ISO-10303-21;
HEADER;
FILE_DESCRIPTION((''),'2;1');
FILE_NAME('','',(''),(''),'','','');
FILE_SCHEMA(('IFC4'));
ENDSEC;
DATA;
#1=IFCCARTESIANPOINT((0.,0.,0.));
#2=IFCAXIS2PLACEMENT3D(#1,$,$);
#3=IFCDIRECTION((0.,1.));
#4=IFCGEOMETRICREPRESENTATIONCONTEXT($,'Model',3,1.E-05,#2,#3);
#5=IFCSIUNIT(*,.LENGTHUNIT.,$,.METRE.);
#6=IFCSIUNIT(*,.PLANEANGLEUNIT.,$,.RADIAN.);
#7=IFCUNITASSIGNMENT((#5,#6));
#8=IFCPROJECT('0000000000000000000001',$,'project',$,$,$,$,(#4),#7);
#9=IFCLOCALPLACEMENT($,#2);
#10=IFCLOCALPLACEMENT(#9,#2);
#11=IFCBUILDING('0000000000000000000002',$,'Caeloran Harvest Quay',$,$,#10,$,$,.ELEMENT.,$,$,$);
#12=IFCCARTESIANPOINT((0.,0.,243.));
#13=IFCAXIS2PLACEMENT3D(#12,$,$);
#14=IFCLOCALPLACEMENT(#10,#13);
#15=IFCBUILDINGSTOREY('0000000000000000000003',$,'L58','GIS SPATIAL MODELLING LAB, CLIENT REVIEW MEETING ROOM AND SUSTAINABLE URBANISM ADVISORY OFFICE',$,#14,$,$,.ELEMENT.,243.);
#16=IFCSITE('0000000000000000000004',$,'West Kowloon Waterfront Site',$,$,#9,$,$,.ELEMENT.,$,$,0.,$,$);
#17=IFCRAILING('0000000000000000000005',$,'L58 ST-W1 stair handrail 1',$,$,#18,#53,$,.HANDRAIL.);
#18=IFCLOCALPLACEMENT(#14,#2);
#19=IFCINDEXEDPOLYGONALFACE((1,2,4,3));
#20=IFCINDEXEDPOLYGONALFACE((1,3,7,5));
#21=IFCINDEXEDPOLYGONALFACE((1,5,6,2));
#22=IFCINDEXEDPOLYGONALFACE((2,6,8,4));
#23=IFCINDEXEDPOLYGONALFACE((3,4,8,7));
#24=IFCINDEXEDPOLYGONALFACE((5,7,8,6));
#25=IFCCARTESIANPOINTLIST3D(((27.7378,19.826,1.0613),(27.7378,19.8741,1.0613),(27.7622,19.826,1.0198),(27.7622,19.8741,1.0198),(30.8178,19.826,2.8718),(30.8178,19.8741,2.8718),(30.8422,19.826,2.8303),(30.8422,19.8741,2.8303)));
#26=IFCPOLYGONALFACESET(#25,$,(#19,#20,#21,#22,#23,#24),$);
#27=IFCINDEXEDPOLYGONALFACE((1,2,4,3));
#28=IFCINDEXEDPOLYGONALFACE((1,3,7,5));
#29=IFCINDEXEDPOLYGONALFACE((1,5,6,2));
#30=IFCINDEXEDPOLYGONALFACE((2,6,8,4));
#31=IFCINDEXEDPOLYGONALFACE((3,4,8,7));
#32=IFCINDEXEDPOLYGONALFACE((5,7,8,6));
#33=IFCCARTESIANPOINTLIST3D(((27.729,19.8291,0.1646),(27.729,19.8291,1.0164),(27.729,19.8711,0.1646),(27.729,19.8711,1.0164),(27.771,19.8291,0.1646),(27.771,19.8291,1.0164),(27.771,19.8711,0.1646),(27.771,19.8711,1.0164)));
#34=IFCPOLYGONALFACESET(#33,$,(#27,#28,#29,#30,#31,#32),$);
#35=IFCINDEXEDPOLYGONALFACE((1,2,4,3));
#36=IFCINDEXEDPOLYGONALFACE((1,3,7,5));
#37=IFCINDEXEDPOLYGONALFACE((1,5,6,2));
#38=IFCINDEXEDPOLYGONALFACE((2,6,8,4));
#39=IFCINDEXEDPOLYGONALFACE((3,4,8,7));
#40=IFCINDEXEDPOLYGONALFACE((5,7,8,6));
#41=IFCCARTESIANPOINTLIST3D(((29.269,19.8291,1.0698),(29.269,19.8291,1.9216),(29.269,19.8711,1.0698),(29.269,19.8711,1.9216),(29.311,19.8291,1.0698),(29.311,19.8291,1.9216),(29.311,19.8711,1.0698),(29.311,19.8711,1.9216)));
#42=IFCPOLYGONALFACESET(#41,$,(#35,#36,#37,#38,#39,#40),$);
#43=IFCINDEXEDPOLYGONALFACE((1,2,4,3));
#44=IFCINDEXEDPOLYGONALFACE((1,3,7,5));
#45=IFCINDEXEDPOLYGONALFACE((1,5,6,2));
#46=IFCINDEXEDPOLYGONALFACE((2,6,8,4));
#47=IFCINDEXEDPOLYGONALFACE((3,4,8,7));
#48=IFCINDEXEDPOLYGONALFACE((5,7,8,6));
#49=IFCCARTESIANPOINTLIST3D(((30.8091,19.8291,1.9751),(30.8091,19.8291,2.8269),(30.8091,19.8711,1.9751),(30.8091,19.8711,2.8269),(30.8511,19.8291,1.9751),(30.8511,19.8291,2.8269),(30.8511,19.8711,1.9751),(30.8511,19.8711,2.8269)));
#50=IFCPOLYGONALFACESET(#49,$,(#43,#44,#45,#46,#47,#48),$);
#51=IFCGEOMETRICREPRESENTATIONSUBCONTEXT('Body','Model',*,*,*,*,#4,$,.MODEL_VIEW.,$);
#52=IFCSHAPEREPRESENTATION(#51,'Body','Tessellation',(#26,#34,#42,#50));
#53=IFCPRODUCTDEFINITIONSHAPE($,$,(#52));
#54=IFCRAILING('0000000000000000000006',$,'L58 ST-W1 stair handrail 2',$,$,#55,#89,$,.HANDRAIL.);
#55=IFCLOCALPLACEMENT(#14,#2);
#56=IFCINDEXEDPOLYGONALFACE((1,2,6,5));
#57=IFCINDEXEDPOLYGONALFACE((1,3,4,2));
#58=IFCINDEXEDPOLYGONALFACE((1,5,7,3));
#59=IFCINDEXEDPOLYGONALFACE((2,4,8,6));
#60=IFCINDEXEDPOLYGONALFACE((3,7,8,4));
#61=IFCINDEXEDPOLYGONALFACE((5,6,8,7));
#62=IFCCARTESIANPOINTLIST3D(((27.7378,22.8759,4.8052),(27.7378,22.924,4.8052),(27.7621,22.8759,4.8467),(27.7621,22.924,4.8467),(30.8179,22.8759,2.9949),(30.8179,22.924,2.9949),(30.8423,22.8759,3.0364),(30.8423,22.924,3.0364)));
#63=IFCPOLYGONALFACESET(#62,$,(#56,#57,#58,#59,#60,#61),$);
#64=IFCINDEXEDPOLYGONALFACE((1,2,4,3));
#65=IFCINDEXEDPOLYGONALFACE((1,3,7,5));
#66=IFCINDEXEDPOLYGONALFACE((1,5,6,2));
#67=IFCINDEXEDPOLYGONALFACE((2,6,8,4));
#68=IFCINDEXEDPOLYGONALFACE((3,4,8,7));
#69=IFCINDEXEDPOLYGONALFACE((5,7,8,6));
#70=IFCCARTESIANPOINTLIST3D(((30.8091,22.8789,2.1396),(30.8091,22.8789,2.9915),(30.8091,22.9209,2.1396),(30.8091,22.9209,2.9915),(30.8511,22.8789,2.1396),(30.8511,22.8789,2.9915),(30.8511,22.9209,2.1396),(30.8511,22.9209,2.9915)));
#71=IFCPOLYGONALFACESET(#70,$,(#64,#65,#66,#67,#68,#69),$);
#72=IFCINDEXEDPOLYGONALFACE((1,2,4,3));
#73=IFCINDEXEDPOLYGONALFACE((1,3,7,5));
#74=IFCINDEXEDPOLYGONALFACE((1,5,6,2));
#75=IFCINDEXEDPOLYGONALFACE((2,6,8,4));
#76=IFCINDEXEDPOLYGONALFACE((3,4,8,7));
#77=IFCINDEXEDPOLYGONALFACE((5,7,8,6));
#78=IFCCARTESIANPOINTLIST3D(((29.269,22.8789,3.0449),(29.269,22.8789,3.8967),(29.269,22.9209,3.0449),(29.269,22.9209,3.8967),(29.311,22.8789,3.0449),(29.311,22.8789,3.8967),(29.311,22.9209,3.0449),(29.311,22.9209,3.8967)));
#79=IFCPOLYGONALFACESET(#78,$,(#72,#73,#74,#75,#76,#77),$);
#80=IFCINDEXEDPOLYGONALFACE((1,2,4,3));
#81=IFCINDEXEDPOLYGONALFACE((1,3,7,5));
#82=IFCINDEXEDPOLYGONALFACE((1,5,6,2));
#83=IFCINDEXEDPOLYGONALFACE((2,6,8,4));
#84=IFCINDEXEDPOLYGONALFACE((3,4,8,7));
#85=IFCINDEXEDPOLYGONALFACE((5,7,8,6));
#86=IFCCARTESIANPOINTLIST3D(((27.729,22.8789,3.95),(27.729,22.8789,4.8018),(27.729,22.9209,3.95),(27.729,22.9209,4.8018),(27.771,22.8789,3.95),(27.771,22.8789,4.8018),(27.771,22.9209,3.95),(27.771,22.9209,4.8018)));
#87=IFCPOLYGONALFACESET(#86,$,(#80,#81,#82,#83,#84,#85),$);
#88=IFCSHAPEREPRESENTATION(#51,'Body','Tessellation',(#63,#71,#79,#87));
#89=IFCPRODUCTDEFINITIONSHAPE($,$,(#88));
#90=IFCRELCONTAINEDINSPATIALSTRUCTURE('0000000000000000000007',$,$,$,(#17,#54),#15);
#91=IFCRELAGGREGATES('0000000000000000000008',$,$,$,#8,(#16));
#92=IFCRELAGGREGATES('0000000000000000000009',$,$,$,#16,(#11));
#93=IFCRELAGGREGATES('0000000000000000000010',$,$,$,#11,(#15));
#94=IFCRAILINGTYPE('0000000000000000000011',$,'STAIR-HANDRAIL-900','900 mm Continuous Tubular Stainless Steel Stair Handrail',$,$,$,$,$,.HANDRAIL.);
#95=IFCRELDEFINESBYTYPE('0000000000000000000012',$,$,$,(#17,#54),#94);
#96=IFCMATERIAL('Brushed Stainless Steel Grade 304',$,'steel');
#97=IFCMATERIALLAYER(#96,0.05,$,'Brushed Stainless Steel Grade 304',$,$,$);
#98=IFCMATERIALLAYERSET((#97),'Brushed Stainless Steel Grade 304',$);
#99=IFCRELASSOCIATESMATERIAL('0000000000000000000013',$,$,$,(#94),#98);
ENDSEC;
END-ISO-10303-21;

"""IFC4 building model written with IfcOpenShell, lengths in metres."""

from ifc_helpers import new_model, si_unit, direction, frame, origin, origin_2d, place, context, subcontext, project, spatial, rectangle, extrude, material, layer, layer_set, type_object, element, save


model = new_model("IFC4")

# Units and contexts
model_context = context("Model", 3, precision=1e-05, world=origin(), true_north=direction((0.0, 1.0)))
body_context = subcontext(model_context, "Body", "Model", "MODEL_VIEW")
ifc_project = project(units=[si_unit("LENGTHUNIT", "METRE"), si_unit("PLANEANGLEUNIT", "RADIAN")], contexts=[model_context])

# Site, building, storey
site_placement = place(None, origin())
site = spatial("IfcSite", under=ifc_project, at=site_placement, Name="West Kowloon Waterfront Site", CompositionType="ELEMENT", RefElevation=0.0)
building_placement = place(site_placement, origin())
building = spatial("IfcBuilding", under=site, at=building_placement, Name="Caeloran Harvest Quay", CompositionType="ELEMENT")
storey_placement = place(building_placement, frame((0.0, 0.0, 243.0)))
storey = spatial("IfcBuildingStorey", under=building, at=storey_placement, Name="L58", Description="GIS SPATIAL MODELLING LAB, CLIENT REVIEW MEETING ROOM AND SUSTAINABLE URBANISM ADVISORY OFFICE", CompositionType="ELEMENT", Elevation=243.0)

# Railings
ifc_material_1 = material(Name="Brushed Stainless Steel Grade 304", Category="steel")
ifc_layer_1 = layer(ifc_material_1, 0.05, Name="Brushed Stainless Steel Grade 304")
ifc_layer_set_1 = layer_set([ifc_layer_1], Name="Brushed Stainless Steel Grade 304")
railing_type_1 = type_object("IfcRailingType", Name="STAIR-HANDRAIL-900", Description="900 mm Continuous Tubular Stainless Steel Stair Handrail", PredefinedType="HANDRAIL", material=ifc_layer_set_1)
railing_1_placement = place(storey_placement, frame((27.75, 19.8501, 0.1646)))
element("IfcRailing", 1, at=railing_1_placement, inside=storey, type_object=railing_type_1, Name="L58 ST-W1 stair handrail 1", PredefinedType="HANDRAIL", context=body_context, shape_type="SweptSolid", body=[
    extrude(rectangle(XDim=0.0481, YDim=0.0481, at=origin_2d()), frame((0.0, 0.0, 0.876), z_axis=(0.862089, 0.0, 0.506757), x_axis=(0.0, 1.0, 0.0)), (0.0, 0.0, 1.0), 3.5728),
    extrude(rectangle(XDim=0.042, YDim=0.042, at=origin_2d()), origin(), (0.0, 0.0, 1.0), 0.8518),
    extrude(rectangle(XDim=0.042, YDim=0.042, at=origin_2d()), frame((1.54, 0.0, 0.9053)), (0.0, 0.0, 1.0), 0.8518),
    extrude(rectangle(XDim=0.042, YDim=0.042, at=origin_2d()), frame((3.0801, 0.0, 1.8105)), (0.0, 0.0, 1.0), 0.8518),
])
railing_2_placement = place(storey_placement, frame((30.8301, 22.8999, 2.1396)))
element("IfcRailing", 2, at=railing_2_placement, inside=storey, type_object=railing_type_1, Name="L58 ST-W1 stair handrail 2", PredefinedType="HANDRAIL", context=body_context, shape_type="SweptSolid", body=[
    extrude(rectangle(XDim=0.0481, YDim=0.0481, at=origin_2d()), frame((0.0, 0.0, 0.876), z_axis=(-0.862119, 0.0, 0.506707), x_axis=(0.0, -1.0, 0.0)), (0.0, 0.0, 1.0), 3.5728),
    extrude(rectangle(XDim=0.042, YDim=0.042, at=origin_2d()), origin(), (0.0, 0.0, 1.0), 0.8518),
    extrude(rectangle(XDim=0.042, YDim=0.042, at=origin_2d()), frame((-1.54, 0.0, 0.9053)), (0.0, 0.0, 1.0), 0.8518),
    extrude(rectangle(XDim=0.042, YDim=0.042, at=origin_2d()), frame((-3.0801, 0.0, 1.8103)), (0.0, 0.0, 1.0), 0.8518),
])

save(model, "model.ifc")
